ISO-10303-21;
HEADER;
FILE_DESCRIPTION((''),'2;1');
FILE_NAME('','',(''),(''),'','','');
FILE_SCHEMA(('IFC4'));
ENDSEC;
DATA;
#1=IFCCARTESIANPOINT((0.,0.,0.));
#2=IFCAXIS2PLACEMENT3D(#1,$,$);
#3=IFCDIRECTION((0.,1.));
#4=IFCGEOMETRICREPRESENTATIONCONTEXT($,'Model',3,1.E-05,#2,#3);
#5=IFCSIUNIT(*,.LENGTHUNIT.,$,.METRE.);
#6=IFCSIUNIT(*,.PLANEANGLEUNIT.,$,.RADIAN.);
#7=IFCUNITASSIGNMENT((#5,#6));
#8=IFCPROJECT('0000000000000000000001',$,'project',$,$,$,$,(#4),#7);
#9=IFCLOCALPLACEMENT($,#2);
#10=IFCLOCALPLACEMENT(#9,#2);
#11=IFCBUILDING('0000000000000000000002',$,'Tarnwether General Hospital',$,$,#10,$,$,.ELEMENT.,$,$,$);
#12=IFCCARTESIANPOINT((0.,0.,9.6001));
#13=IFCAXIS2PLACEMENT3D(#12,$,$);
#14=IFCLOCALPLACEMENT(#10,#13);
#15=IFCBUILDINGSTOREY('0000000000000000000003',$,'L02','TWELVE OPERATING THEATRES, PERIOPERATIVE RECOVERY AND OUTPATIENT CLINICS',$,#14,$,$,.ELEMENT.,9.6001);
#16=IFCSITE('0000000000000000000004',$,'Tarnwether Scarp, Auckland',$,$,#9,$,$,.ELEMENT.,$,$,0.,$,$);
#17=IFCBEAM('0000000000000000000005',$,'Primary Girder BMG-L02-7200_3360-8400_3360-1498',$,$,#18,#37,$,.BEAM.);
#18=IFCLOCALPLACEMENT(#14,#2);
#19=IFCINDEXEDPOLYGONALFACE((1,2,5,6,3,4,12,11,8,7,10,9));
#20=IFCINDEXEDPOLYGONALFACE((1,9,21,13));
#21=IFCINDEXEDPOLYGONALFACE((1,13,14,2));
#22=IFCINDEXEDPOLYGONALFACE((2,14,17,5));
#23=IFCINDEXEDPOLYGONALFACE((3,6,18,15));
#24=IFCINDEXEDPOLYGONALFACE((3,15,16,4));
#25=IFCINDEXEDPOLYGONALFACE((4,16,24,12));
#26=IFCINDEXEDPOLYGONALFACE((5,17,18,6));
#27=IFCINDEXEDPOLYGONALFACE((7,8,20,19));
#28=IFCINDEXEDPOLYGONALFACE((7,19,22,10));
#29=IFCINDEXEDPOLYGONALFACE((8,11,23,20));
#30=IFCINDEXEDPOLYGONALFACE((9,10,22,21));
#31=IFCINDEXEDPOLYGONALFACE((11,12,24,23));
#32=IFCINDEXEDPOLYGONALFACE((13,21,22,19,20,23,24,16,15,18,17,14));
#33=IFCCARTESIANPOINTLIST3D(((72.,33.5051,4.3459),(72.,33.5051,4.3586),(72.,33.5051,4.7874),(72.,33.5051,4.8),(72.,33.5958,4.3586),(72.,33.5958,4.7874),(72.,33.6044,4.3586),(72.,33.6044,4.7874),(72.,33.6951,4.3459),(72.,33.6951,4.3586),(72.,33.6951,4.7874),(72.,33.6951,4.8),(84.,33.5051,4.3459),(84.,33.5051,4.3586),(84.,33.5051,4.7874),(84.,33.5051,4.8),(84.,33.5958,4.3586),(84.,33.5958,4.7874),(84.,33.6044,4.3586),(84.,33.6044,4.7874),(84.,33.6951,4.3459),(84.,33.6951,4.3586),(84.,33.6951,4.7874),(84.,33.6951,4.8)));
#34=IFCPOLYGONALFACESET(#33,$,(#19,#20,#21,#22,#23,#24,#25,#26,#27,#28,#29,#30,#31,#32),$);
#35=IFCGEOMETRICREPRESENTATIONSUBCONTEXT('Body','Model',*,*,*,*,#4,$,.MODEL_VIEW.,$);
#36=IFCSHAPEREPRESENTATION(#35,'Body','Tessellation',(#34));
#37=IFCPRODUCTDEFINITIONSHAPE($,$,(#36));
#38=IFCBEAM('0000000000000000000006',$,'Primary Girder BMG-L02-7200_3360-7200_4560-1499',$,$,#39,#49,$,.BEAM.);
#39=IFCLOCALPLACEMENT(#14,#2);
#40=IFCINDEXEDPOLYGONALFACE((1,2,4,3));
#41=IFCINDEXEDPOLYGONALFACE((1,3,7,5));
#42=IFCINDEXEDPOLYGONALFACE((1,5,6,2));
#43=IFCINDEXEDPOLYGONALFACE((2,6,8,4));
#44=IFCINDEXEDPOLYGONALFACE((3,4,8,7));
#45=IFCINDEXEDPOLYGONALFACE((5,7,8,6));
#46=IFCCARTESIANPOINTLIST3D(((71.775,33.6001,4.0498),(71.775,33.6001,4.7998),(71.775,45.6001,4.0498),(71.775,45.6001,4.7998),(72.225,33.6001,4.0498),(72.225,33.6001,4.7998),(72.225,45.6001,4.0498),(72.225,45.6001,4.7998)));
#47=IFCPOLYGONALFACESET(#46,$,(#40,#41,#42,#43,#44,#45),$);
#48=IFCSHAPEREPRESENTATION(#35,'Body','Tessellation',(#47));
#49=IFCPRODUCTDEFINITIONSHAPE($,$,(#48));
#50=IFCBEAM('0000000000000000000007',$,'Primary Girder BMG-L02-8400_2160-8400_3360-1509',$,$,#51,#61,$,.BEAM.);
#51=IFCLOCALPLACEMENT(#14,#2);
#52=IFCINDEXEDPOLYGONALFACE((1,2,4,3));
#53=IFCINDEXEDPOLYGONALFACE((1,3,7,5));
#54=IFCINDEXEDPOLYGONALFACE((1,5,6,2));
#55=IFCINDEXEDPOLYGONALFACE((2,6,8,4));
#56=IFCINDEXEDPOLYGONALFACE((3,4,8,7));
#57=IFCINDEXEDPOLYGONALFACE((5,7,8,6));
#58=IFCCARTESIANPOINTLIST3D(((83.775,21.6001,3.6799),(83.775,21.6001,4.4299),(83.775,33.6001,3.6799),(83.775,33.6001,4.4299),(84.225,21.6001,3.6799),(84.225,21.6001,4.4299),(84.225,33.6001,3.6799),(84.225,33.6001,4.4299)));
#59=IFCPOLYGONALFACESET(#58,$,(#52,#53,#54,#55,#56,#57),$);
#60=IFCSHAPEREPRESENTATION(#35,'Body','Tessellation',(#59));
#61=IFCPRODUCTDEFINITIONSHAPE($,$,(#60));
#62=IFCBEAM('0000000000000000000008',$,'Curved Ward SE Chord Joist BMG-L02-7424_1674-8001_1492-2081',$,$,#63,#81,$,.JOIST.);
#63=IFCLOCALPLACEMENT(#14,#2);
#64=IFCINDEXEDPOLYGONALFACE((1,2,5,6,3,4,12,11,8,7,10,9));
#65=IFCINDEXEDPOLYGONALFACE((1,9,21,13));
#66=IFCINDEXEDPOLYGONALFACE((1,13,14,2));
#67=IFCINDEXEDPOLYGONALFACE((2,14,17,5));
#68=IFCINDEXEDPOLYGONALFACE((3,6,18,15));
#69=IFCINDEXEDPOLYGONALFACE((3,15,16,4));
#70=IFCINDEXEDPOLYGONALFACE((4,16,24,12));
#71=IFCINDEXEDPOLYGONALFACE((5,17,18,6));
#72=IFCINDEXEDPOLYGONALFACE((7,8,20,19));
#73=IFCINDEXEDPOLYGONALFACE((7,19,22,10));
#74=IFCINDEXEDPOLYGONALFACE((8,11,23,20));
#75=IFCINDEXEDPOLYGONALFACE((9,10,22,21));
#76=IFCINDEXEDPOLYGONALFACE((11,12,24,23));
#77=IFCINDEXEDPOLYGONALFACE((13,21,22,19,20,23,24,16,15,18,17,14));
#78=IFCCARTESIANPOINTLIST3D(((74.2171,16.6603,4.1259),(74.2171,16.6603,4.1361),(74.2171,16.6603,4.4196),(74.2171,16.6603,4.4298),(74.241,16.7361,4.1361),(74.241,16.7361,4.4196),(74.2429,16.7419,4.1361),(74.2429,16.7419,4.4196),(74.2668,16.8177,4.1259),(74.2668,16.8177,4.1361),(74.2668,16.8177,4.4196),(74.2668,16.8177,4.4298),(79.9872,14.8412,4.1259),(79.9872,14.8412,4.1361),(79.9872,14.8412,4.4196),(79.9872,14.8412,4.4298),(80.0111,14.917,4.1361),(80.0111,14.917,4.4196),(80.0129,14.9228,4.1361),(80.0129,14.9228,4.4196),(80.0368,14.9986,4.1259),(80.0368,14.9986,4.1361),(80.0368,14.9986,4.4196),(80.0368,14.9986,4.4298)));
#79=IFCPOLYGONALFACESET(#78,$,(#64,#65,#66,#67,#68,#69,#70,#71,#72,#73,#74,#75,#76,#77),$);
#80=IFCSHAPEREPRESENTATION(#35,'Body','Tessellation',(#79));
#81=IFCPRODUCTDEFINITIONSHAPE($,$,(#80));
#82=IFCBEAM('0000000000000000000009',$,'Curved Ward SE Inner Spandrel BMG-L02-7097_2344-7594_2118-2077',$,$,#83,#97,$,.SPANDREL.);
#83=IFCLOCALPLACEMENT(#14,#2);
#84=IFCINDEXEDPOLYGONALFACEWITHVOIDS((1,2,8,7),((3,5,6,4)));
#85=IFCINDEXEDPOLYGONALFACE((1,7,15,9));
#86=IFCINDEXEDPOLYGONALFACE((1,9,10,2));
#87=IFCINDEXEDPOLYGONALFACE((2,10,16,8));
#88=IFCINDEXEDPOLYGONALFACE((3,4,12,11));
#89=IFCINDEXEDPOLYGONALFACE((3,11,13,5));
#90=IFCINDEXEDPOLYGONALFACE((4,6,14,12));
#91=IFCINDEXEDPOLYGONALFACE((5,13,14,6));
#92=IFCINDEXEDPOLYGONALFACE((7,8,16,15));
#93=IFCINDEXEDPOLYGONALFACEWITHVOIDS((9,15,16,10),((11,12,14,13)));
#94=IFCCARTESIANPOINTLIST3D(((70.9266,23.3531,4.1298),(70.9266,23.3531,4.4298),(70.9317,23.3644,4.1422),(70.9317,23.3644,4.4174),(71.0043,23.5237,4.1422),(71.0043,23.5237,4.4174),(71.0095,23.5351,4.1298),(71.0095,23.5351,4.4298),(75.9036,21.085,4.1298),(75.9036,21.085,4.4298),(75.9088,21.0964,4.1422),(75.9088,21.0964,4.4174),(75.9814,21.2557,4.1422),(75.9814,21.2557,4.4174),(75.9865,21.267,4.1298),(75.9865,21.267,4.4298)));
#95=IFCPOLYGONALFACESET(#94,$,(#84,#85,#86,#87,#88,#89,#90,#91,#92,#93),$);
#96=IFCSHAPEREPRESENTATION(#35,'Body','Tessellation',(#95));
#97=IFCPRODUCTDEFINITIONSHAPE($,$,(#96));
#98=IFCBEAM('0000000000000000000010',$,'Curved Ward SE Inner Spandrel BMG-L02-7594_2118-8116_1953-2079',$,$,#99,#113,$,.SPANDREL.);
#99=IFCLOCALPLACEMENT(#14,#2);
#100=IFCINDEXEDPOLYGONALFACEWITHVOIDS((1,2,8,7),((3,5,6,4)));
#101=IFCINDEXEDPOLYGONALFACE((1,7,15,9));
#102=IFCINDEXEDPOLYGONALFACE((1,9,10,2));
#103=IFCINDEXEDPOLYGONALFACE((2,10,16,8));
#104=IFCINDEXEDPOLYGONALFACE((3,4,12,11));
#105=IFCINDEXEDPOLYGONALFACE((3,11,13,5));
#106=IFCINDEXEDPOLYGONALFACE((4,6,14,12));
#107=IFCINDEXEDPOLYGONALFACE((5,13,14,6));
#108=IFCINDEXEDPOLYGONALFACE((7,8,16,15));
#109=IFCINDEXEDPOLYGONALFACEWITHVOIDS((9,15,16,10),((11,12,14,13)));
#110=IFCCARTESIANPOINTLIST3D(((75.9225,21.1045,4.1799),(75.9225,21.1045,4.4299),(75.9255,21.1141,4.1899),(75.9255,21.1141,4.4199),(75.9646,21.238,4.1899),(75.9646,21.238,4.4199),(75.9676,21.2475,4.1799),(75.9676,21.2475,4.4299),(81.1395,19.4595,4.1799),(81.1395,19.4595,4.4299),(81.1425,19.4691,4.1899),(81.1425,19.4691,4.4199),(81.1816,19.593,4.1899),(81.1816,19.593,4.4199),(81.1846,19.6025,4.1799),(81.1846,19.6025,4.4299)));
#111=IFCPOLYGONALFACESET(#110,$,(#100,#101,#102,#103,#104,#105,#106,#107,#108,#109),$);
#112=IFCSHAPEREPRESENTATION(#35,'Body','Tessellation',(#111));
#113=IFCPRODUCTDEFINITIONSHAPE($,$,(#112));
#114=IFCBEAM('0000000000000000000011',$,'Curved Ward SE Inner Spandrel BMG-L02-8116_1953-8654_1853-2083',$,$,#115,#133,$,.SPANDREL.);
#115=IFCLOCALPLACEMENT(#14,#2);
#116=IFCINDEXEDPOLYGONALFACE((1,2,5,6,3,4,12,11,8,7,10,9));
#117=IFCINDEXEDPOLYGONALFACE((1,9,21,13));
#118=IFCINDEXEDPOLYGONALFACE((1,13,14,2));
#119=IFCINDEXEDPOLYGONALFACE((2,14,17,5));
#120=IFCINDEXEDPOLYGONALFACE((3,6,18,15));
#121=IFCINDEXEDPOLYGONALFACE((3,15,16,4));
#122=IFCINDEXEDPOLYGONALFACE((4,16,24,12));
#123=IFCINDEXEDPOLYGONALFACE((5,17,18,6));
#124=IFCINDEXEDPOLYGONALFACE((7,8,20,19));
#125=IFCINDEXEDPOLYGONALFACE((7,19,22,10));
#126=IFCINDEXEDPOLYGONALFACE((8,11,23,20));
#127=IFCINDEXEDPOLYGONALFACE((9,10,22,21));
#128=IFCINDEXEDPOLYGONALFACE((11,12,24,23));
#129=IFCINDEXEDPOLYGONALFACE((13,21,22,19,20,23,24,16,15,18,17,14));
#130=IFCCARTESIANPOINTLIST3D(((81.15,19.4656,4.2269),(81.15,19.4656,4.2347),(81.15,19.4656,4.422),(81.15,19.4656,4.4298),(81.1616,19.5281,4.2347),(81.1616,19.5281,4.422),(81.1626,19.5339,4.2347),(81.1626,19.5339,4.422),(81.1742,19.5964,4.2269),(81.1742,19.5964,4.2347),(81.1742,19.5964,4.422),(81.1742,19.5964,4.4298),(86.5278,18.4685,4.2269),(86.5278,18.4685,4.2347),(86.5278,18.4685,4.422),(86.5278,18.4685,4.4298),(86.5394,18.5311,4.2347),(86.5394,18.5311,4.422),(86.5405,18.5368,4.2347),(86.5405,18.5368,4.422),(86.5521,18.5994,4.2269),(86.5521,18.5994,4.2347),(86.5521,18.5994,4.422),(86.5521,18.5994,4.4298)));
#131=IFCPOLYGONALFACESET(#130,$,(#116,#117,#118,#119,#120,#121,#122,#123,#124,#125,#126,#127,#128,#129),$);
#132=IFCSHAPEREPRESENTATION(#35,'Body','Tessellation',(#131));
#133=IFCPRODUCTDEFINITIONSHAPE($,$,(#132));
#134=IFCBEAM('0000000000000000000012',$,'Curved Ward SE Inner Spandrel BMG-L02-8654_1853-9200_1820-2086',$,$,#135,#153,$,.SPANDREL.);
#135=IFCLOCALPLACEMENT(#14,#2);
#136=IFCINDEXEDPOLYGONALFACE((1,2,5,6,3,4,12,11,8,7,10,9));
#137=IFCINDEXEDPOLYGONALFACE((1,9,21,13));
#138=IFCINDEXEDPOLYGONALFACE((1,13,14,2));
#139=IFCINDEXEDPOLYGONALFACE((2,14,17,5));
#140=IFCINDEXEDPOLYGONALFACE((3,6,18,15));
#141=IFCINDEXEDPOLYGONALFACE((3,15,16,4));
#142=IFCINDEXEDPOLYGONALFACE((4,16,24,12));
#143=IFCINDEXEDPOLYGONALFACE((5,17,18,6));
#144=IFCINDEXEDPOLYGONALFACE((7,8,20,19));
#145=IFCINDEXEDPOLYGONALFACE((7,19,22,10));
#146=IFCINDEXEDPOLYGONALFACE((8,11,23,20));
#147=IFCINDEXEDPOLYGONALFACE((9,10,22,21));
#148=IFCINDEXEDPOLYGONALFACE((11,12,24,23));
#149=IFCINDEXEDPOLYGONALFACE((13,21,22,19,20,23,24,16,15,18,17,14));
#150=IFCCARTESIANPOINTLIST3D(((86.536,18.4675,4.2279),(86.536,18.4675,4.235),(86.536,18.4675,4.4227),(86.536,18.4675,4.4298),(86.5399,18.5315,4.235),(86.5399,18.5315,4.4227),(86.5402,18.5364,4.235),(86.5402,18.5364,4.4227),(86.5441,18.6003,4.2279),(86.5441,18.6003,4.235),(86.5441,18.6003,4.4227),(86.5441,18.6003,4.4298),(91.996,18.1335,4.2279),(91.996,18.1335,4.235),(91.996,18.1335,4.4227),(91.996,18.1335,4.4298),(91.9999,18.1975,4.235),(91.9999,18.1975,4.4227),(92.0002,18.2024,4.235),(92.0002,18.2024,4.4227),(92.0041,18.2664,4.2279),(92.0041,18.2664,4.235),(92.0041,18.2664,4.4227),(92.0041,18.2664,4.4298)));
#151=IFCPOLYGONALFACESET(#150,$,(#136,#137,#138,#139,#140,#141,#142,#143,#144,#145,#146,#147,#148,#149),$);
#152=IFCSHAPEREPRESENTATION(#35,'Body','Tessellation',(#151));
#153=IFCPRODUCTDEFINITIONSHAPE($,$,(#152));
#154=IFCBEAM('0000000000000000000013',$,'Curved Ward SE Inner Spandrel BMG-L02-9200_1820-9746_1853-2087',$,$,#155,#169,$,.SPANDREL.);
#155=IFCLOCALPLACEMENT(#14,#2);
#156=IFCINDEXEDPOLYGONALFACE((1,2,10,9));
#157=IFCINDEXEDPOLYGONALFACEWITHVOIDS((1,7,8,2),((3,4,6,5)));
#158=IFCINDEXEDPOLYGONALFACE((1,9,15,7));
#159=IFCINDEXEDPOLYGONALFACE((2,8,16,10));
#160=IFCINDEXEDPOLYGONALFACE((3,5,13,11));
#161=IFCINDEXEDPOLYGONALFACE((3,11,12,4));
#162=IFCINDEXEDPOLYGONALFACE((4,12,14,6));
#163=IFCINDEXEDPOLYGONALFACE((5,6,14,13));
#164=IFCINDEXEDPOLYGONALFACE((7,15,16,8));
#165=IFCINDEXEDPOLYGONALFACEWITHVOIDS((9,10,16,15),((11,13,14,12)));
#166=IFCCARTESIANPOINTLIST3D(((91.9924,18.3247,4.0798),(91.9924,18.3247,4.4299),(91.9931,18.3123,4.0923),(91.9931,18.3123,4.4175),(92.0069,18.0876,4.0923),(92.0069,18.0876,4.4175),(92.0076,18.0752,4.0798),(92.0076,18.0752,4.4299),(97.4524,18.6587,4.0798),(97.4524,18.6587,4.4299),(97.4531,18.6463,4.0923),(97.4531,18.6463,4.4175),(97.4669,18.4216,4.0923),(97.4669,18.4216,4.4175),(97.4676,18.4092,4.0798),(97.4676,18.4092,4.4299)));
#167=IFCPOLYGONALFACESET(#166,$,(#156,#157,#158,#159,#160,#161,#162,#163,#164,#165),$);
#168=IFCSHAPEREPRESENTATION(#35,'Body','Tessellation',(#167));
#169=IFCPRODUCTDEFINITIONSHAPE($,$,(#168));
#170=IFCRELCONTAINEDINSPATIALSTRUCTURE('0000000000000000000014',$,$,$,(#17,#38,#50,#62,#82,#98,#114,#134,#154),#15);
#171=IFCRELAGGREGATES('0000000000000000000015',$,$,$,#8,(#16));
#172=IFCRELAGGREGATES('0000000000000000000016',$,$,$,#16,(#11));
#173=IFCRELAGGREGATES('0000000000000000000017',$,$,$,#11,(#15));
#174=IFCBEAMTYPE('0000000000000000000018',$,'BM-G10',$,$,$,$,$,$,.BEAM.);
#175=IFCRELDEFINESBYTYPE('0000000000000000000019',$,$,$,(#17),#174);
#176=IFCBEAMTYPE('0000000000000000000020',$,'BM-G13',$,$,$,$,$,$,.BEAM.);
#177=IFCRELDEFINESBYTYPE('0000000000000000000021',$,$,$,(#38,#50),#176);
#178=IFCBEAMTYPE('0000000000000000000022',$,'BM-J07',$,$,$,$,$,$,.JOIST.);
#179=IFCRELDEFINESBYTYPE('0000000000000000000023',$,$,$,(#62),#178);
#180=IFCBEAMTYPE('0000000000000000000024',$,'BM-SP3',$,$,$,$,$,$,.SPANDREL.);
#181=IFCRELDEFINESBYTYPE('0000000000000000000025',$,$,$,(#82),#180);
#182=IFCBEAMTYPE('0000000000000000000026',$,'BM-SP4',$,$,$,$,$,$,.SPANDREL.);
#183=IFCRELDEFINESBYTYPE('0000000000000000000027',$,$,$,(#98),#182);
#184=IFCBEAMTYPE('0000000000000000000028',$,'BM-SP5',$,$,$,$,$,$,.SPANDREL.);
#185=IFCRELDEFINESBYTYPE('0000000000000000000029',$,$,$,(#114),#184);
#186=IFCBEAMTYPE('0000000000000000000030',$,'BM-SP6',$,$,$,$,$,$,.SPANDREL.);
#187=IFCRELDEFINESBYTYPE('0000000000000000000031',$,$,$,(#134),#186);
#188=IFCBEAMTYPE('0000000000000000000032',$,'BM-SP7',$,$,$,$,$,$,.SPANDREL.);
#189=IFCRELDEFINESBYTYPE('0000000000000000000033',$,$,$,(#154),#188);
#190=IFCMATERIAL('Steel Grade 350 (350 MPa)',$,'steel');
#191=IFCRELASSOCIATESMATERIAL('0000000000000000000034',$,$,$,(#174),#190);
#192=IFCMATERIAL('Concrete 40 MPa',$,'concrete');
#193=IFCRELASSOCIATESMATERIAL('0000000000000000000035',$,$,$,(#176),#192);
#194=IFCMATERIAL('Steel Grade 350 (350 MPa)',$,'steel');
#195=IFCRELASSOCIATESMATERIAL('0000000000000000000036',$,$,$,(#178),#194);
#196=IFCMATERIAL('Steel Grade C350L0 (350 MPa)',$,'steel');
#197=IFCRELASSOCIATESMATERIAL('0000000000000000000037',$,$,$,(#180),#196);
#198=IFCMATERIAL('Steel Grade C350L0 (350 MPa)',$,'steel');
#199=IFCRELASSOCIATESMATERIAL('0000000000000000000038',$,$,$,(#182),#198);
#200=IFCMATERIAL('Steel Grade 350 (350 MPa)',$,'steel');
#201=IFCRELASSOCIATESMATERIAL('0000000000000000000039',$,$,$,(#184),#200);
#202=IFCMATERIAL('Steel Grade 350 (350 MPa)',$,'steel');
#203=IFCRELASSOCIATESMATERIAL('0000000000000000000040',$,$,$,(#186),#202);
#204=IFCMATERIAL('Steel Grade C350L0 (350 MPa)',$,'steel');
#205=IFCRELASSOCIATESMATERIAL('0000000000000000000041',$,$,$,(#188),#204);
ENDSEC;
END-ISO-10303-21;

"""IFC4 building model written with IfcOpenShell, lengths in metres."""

from ifc_helpers import new_model, si_unit, direction, frame, origin, origin_2d, place, context, subcontext, project, spatial, rectangle, hollow_rectangle, i_section, extrude, material, material_profile, profile_set, type_object, element, save


model = new_model("IFC4")

# Units and contexts
model_context = context("Model", 3, precision=1e-05, world=origin(), true_north=direction((0.0, 1.0)))
body_context = subcontext(model_context, "Body", "Model", "MODEL_VIEW")
ifc_project = project(units=[si_unit("LENGTHUNIT", "METRE"), si_unit("PLANEANGLEUNIT", "RADIAN")], contexts=[model_context])

# Site, building, storey
site_placement = place(None, origin())
site = spatial("IfcSite", under=ifc_project, at=site_placement, Name="Tarnwether Scarp, Auckland", CompositionType="ELEMENT", RefElevation=0.0)
building_placement = place(site_placement, origin())
building = spatial("IfcBuilding", under=site, at=building_placement, Name="Tarnwether General Hospital", CompositionType="ELEMENT")
storey_placement = place(building_placement, frame((0.0, 0.0, 9.6001)))
storey = spatial("IfcBuildingStorey", under=building, at=storey_placement, Name="L02", Description="TWELVE OPERATING THEATRES, PERIOPERATIVE RECOVERY AND OUTPATIENT CLINICS", CompositionType="ELEMENT", Elevation=9.6001)

# Beams
ifc_material_1 = material(Name="Steel Grade 350 (350 MPa)", Category="steel")
ifc_material_profile_1 = material_profile(ifc_material_1, i_section(OverallWidth=0.1899, OverallDepth=0.4541, WebThickness=0.0085, FlangeThickness=0.0127, at=origin_2d()), Name="460UB67.1")
ifc_profile_set_1 = profile_set([ifc_material_profile_1], Name="Steel Grade 350 (350 MPa)")
beam_type_1 = type_object("IfcBeamType", Name="BM-G10", PredefinedType="BEAM", material=ifc_profile_set_1)
beam_1_placement = place(storey_placement, frame((72.0, 33.6001, 4.573), z_axis=(1.0, 0.0, 0.0), x_axis=(0.0, 1.0, 0.0)))
element("IfcBeam", 1, at=beam_1_placement, inside=storey, type_object=beam_type_1, Name="Primary Girder BMG-L02-7200_3360-8400_3360-1498", PredefinedType="BEAM", context=body_context, shape_type="SweptSolid", body=[
    extrude(i_section(OverallWidth=0.1899, OverallDepth=0.4541, WebThickness=0.0085, FlangeThickness=0.0127, at=origin_2d()), origin(), (0.0, 0.0, 1.0), 12.0),
])
ifc_material_2 = material(Name="Concrete 40 MPa", Category="concrete")
ifc_material_profile_2 = material_profile(ifc_material_2, rectangle(XDim=0.45, YDim=0.75, at=origin_2d()), Name="RC-BM-450x750")
ifc_profile_set_2 = profile_set([ifc_material_profile_2], Name="Concrete 40 MPa")
beam_type_2 = type_object("IfcBeamType", Name="BM-G13", PredefinedType="BEAM", material=ifc_profile_set_2)
for number, where, z_axis, x_axis, name in (
    (2, (72.0, 33.6001, 4.4248), (0.0, 1.0, 0.0), (-1.0, 0.0, 0.0), "Primary Girder BMG-L02-7200_3360-7200_4560-1499"),
    (3, (84.0, 21.6001, 4.0549), (0.0, 1.0, 0.0), (-1.0, 0.0, 0.0), "Primary Girder BMG-L02-8400_2160-8400_3360-1509"),
):
    element("IfcBeam", number, at=place(storey_placement, frame(where, z_axis=z_axis, x_axis=x_axis)), inside=storey, type_object=beam_type_2, Name=name, PredefinedType="BEAM", context=body_context, shape_type="SweptSolid", body=[
        extrude(rectangle(XDim=0.45, YDim=0.75, at=origin_2d()), origin(), (0.0, 0.0, 1.0), 12.0),
    ])
ifc_material_3 = material(Name="Steel Grade 350 (350 MPa)", Category="steel")
ifc_material_profile_3 = material_profile(ifc_material_3, i_section(OverallWidth=0.165, OverallDepth=0.304, WebThickness=0.0061, FlangeThickness=0.0103, at=origin_2d()), Name="310UB40.4")
ifc_profile_set_3 = profile_set([ifc_material_profile_3], Name="Steel Grade 350 (350 MPa)")
beam_type_3 = type_object("IfcBeamType", Name="BM-J07", PredefinedType="JOIST", material=ifc_profile_set_3)
beam_2_placement = place(storey_placement, frame((74.2419, 16.739, 4.2778), z_axis=(0.953726, -0.300677, 0.0), x_axis=(0.300677, 0.953726, 0.0)))
element("IfcBeam", 4, at=beam_2_placement, inside=storey, type_object=beam_type_3, Name="Curved Ward SE Chord Joist BMG-L02-7424_1674-8001_1492-2081", PredefinedType="JOIST", context=body_context, shape_type="SweptSolid", body=[
    extrude(i_section(OverallWidth=0.165, OverallDepth=0.304, WebThickness=0.0061, FlangeThickness=0.0103, at=origin_2d()), origin(), (0.0, 0.0, 1.0), 6.05),
])
ifc_material_4 = material(Name="Steel Grade C350L0 (350 MPa)", Category="steel")
ifc_material_profile_4 = material_profile(ifc_material_4, hollow_rectangle(XDim=0.2, YDim=0.3, WallThickness=0.0125, at=origin_2d()), Name="RHS300x200x12.5")
ifc_profile_set_4 = profile_set([ifc_material_profile_4], Name="Steel Grade C350L0 (350 MPa)")
beam_type_4 = type_object("IfcBeamType", Name="BM-SP3", PredefinedType="SPANDREL", material=ifc_profile_set_4)
beam_3_placement = place(storey_placement, frame((70.968, 23.4441, 4.2798), z_axis=(0.909969, -0.414677, 0.0), x_axis=(0.414677, 0.909969, 0.0)))
element("IfcBeam", 5, at=beam_3_placement, inside=storey, type_object=beam_type_4, Name="Curved Ward SE Inner Spandrel BMG-L02-7097_2344-7594_2118-2077", PredefinedType="SPANDREL", context=body_context, shape_type="SweptSolid", body=[
    extrude(hollow_rectangle(XDim=0.2, YDim=0.3, WallThickness=0.0125, at=origin_2d()), origin(), (0.0, 0.0, 1.0), 5.4695),
])
ifc_material_5 = material(Name="Steel Grade C350L0 (350 MPa)", Category="steel")
ifc_material_profile_5 = material_profile(ifc_material_5, hollow_rectangle(XDim=0.1499, YDim=0.25, WallThickness=0.01, at=origin_2d()), Name="RHS250x150x10")
ifc_profile_set_5 = profile_set([ifc_material_profile_5], Name="Steel Grade C350L0 (350 MPa)")
beam_type_5 = type_object("IfcBeamType", Name="BM-SP4", PredefinedType="SPANDREL", material=ifc_profile_set_5)
beam_4_placement = place(storey_placement, frame((75.9451, 21.176, 4.3049), z_axis=(0.953712, -0.300721, 0.0), x_axis=(0.300721, 0.953712, 0.0)))
element("IfcBeam", 6, at=beam_4_placement, inside=storey, type_object=beam_type_5, Name="Curved Ward SE Inner Spandrel BMG-L02-7594_2118-8116_1953-2079", PredefinedType="SPANDREL", context=body_context, shape_type="SweptSolid", body=[
    extrude(hollow_rectangle(XDim=0.1499, YDim=0.25, WallThickness=0.01, at=origin_2d()), origin(), (0.0, 0.0, 1.0), 5.4702),
])
ifc_material_6 = material(Name="Steel Grade 350 (350 MPa)", Category="steel")
ifc_material_profile_6 = material_profile(ifc_material_6, i_section(OverallWidth=0.1331, OverallDepth=0.2029, WebThickness=0.0059, FlangeThickness=0.0078, at=origin_2d()), Name="200UB25.4")
ifc_profile_set_6 = profile_set([ifc_material_profile_6], Name="Steel Grade 350 (350 MPa)")
beam_type_6 = type_object("IfcBeamType", Name="BM-SP5", PredefinedType="SPANDREL", material=ifc_profile_set_6)
beam_5_placement = place(storey_placement, frame((81.1621, 19.531, 4.3284), z_axis=(0.983244, -0.182294, 0.0), x_axis=(0.182294, 0.983244, 0.0)))
element("IfcBeam", 7, at=beam_5_placement, inside=storey, type_object=beam_type_6, Name="Curved Ward SE Inner Spandrel BMG-L02-8116_1953-8654_1853-2083", PredefinedType="SPANDREL", context=body_context, shape_type="SweptSolid", body=[
    extrude(i_section(OverallWidth=0.1331, OverallDepth=0.2029, WebThickness=0.0059, FlangeThickness=0.0078, at=origin_2d()), origin(), (0.0, 0.0, 1.0), 5.4695),
])
ifc_material_7 = material(Name="Steel Grade 350 (350 MPa)", Category="steel")
ifc_material_profile_7 = material_profile(ifc_material_7, i_section(OverallWidth=0.1331, OverallDepth=0.2019, WebThickness=0.0049, FlangeThickness=0.0071, at=origin_2d()), Name="200UB22.3")
ifc_profile_set_7 = profile_set([ifc_material_profile_7], Name="Steel Grade 350 (350 MPa)")
beam_type_7 = type_object("IfcBeamType", Name="BM-SP6", PredefinedType="SPANDREL", material=ifc_profile_set_7)
beam_6_placement = place(storey_placement, frame((86.54, 18.5339, 4.3289), z_axis=(0.998134, -0.061056, 0.0), x_axis=(0.061056, 0.998134, 0.0)))
element("IfcBeam", 8, at=beam_6_placement, inside=storey, type_object=beam_type_7, Name="Curved Ward SE Inner Spandrel BMG-L02-8654_1853-9200_1820-2086", PredefinedType="SPANDREL", context=body_context, shape_type="SweptSolid", body=[
    extrude(i_section(OverallWidth=0.1331, OverallDepth=0.2019, WebThickness=0.0049, FlangeThickness=0.0071, at=origin_2d()), origin(), (0.0, 0.0, 1.0), 5.4702),
])
ifc_material_8 = material(Name="Steel Grade C350L0 (350 MPa)", Category="steel")
ifc_material_profile_8 = material_profile(ifc_material_8, hollow_rectangle(XDim=0.25, YDim=0.3501, WallThickness=0.0125, at=origin_2d()), Name="RHS350x250x12.5")
ifc_profile_set_8 = profile_set([ifc_material_profile_8], Name="Steel Grade C350L0 (350 MPa)")
beam_type_8 = type_object("IfcBeamType", Name="BM-SP7", PredefinedType="SPANDREL", material=ifc_profile_set_8)
beam_7_placement = place(storey_placement, frame((92.0, 18.2, 4.2549), z_axis=(0.998134, 0.061056, 0.0), x_axis=(-0.061056, 0.998134, 0.0)))
element("IfcBeam", 9, at=beam_7_placement, inside=storey, type_object=beam_type_8, Name="Curved Ward SE Inner Spandrel BMG-L02-9200_1820-9746_1853-2087", PredefinedType="SPANDREL", context=body_context, shape_type="SweptSolid", body=[
    extrude(hollow_rectangle(XDim=0.25, YDim=0.3501, WallThickness=0.0125, at=origin_2d()), origin(), (0.0, 0.0, 1.0), 5.4702),
])

save(model, "model.ifc")
